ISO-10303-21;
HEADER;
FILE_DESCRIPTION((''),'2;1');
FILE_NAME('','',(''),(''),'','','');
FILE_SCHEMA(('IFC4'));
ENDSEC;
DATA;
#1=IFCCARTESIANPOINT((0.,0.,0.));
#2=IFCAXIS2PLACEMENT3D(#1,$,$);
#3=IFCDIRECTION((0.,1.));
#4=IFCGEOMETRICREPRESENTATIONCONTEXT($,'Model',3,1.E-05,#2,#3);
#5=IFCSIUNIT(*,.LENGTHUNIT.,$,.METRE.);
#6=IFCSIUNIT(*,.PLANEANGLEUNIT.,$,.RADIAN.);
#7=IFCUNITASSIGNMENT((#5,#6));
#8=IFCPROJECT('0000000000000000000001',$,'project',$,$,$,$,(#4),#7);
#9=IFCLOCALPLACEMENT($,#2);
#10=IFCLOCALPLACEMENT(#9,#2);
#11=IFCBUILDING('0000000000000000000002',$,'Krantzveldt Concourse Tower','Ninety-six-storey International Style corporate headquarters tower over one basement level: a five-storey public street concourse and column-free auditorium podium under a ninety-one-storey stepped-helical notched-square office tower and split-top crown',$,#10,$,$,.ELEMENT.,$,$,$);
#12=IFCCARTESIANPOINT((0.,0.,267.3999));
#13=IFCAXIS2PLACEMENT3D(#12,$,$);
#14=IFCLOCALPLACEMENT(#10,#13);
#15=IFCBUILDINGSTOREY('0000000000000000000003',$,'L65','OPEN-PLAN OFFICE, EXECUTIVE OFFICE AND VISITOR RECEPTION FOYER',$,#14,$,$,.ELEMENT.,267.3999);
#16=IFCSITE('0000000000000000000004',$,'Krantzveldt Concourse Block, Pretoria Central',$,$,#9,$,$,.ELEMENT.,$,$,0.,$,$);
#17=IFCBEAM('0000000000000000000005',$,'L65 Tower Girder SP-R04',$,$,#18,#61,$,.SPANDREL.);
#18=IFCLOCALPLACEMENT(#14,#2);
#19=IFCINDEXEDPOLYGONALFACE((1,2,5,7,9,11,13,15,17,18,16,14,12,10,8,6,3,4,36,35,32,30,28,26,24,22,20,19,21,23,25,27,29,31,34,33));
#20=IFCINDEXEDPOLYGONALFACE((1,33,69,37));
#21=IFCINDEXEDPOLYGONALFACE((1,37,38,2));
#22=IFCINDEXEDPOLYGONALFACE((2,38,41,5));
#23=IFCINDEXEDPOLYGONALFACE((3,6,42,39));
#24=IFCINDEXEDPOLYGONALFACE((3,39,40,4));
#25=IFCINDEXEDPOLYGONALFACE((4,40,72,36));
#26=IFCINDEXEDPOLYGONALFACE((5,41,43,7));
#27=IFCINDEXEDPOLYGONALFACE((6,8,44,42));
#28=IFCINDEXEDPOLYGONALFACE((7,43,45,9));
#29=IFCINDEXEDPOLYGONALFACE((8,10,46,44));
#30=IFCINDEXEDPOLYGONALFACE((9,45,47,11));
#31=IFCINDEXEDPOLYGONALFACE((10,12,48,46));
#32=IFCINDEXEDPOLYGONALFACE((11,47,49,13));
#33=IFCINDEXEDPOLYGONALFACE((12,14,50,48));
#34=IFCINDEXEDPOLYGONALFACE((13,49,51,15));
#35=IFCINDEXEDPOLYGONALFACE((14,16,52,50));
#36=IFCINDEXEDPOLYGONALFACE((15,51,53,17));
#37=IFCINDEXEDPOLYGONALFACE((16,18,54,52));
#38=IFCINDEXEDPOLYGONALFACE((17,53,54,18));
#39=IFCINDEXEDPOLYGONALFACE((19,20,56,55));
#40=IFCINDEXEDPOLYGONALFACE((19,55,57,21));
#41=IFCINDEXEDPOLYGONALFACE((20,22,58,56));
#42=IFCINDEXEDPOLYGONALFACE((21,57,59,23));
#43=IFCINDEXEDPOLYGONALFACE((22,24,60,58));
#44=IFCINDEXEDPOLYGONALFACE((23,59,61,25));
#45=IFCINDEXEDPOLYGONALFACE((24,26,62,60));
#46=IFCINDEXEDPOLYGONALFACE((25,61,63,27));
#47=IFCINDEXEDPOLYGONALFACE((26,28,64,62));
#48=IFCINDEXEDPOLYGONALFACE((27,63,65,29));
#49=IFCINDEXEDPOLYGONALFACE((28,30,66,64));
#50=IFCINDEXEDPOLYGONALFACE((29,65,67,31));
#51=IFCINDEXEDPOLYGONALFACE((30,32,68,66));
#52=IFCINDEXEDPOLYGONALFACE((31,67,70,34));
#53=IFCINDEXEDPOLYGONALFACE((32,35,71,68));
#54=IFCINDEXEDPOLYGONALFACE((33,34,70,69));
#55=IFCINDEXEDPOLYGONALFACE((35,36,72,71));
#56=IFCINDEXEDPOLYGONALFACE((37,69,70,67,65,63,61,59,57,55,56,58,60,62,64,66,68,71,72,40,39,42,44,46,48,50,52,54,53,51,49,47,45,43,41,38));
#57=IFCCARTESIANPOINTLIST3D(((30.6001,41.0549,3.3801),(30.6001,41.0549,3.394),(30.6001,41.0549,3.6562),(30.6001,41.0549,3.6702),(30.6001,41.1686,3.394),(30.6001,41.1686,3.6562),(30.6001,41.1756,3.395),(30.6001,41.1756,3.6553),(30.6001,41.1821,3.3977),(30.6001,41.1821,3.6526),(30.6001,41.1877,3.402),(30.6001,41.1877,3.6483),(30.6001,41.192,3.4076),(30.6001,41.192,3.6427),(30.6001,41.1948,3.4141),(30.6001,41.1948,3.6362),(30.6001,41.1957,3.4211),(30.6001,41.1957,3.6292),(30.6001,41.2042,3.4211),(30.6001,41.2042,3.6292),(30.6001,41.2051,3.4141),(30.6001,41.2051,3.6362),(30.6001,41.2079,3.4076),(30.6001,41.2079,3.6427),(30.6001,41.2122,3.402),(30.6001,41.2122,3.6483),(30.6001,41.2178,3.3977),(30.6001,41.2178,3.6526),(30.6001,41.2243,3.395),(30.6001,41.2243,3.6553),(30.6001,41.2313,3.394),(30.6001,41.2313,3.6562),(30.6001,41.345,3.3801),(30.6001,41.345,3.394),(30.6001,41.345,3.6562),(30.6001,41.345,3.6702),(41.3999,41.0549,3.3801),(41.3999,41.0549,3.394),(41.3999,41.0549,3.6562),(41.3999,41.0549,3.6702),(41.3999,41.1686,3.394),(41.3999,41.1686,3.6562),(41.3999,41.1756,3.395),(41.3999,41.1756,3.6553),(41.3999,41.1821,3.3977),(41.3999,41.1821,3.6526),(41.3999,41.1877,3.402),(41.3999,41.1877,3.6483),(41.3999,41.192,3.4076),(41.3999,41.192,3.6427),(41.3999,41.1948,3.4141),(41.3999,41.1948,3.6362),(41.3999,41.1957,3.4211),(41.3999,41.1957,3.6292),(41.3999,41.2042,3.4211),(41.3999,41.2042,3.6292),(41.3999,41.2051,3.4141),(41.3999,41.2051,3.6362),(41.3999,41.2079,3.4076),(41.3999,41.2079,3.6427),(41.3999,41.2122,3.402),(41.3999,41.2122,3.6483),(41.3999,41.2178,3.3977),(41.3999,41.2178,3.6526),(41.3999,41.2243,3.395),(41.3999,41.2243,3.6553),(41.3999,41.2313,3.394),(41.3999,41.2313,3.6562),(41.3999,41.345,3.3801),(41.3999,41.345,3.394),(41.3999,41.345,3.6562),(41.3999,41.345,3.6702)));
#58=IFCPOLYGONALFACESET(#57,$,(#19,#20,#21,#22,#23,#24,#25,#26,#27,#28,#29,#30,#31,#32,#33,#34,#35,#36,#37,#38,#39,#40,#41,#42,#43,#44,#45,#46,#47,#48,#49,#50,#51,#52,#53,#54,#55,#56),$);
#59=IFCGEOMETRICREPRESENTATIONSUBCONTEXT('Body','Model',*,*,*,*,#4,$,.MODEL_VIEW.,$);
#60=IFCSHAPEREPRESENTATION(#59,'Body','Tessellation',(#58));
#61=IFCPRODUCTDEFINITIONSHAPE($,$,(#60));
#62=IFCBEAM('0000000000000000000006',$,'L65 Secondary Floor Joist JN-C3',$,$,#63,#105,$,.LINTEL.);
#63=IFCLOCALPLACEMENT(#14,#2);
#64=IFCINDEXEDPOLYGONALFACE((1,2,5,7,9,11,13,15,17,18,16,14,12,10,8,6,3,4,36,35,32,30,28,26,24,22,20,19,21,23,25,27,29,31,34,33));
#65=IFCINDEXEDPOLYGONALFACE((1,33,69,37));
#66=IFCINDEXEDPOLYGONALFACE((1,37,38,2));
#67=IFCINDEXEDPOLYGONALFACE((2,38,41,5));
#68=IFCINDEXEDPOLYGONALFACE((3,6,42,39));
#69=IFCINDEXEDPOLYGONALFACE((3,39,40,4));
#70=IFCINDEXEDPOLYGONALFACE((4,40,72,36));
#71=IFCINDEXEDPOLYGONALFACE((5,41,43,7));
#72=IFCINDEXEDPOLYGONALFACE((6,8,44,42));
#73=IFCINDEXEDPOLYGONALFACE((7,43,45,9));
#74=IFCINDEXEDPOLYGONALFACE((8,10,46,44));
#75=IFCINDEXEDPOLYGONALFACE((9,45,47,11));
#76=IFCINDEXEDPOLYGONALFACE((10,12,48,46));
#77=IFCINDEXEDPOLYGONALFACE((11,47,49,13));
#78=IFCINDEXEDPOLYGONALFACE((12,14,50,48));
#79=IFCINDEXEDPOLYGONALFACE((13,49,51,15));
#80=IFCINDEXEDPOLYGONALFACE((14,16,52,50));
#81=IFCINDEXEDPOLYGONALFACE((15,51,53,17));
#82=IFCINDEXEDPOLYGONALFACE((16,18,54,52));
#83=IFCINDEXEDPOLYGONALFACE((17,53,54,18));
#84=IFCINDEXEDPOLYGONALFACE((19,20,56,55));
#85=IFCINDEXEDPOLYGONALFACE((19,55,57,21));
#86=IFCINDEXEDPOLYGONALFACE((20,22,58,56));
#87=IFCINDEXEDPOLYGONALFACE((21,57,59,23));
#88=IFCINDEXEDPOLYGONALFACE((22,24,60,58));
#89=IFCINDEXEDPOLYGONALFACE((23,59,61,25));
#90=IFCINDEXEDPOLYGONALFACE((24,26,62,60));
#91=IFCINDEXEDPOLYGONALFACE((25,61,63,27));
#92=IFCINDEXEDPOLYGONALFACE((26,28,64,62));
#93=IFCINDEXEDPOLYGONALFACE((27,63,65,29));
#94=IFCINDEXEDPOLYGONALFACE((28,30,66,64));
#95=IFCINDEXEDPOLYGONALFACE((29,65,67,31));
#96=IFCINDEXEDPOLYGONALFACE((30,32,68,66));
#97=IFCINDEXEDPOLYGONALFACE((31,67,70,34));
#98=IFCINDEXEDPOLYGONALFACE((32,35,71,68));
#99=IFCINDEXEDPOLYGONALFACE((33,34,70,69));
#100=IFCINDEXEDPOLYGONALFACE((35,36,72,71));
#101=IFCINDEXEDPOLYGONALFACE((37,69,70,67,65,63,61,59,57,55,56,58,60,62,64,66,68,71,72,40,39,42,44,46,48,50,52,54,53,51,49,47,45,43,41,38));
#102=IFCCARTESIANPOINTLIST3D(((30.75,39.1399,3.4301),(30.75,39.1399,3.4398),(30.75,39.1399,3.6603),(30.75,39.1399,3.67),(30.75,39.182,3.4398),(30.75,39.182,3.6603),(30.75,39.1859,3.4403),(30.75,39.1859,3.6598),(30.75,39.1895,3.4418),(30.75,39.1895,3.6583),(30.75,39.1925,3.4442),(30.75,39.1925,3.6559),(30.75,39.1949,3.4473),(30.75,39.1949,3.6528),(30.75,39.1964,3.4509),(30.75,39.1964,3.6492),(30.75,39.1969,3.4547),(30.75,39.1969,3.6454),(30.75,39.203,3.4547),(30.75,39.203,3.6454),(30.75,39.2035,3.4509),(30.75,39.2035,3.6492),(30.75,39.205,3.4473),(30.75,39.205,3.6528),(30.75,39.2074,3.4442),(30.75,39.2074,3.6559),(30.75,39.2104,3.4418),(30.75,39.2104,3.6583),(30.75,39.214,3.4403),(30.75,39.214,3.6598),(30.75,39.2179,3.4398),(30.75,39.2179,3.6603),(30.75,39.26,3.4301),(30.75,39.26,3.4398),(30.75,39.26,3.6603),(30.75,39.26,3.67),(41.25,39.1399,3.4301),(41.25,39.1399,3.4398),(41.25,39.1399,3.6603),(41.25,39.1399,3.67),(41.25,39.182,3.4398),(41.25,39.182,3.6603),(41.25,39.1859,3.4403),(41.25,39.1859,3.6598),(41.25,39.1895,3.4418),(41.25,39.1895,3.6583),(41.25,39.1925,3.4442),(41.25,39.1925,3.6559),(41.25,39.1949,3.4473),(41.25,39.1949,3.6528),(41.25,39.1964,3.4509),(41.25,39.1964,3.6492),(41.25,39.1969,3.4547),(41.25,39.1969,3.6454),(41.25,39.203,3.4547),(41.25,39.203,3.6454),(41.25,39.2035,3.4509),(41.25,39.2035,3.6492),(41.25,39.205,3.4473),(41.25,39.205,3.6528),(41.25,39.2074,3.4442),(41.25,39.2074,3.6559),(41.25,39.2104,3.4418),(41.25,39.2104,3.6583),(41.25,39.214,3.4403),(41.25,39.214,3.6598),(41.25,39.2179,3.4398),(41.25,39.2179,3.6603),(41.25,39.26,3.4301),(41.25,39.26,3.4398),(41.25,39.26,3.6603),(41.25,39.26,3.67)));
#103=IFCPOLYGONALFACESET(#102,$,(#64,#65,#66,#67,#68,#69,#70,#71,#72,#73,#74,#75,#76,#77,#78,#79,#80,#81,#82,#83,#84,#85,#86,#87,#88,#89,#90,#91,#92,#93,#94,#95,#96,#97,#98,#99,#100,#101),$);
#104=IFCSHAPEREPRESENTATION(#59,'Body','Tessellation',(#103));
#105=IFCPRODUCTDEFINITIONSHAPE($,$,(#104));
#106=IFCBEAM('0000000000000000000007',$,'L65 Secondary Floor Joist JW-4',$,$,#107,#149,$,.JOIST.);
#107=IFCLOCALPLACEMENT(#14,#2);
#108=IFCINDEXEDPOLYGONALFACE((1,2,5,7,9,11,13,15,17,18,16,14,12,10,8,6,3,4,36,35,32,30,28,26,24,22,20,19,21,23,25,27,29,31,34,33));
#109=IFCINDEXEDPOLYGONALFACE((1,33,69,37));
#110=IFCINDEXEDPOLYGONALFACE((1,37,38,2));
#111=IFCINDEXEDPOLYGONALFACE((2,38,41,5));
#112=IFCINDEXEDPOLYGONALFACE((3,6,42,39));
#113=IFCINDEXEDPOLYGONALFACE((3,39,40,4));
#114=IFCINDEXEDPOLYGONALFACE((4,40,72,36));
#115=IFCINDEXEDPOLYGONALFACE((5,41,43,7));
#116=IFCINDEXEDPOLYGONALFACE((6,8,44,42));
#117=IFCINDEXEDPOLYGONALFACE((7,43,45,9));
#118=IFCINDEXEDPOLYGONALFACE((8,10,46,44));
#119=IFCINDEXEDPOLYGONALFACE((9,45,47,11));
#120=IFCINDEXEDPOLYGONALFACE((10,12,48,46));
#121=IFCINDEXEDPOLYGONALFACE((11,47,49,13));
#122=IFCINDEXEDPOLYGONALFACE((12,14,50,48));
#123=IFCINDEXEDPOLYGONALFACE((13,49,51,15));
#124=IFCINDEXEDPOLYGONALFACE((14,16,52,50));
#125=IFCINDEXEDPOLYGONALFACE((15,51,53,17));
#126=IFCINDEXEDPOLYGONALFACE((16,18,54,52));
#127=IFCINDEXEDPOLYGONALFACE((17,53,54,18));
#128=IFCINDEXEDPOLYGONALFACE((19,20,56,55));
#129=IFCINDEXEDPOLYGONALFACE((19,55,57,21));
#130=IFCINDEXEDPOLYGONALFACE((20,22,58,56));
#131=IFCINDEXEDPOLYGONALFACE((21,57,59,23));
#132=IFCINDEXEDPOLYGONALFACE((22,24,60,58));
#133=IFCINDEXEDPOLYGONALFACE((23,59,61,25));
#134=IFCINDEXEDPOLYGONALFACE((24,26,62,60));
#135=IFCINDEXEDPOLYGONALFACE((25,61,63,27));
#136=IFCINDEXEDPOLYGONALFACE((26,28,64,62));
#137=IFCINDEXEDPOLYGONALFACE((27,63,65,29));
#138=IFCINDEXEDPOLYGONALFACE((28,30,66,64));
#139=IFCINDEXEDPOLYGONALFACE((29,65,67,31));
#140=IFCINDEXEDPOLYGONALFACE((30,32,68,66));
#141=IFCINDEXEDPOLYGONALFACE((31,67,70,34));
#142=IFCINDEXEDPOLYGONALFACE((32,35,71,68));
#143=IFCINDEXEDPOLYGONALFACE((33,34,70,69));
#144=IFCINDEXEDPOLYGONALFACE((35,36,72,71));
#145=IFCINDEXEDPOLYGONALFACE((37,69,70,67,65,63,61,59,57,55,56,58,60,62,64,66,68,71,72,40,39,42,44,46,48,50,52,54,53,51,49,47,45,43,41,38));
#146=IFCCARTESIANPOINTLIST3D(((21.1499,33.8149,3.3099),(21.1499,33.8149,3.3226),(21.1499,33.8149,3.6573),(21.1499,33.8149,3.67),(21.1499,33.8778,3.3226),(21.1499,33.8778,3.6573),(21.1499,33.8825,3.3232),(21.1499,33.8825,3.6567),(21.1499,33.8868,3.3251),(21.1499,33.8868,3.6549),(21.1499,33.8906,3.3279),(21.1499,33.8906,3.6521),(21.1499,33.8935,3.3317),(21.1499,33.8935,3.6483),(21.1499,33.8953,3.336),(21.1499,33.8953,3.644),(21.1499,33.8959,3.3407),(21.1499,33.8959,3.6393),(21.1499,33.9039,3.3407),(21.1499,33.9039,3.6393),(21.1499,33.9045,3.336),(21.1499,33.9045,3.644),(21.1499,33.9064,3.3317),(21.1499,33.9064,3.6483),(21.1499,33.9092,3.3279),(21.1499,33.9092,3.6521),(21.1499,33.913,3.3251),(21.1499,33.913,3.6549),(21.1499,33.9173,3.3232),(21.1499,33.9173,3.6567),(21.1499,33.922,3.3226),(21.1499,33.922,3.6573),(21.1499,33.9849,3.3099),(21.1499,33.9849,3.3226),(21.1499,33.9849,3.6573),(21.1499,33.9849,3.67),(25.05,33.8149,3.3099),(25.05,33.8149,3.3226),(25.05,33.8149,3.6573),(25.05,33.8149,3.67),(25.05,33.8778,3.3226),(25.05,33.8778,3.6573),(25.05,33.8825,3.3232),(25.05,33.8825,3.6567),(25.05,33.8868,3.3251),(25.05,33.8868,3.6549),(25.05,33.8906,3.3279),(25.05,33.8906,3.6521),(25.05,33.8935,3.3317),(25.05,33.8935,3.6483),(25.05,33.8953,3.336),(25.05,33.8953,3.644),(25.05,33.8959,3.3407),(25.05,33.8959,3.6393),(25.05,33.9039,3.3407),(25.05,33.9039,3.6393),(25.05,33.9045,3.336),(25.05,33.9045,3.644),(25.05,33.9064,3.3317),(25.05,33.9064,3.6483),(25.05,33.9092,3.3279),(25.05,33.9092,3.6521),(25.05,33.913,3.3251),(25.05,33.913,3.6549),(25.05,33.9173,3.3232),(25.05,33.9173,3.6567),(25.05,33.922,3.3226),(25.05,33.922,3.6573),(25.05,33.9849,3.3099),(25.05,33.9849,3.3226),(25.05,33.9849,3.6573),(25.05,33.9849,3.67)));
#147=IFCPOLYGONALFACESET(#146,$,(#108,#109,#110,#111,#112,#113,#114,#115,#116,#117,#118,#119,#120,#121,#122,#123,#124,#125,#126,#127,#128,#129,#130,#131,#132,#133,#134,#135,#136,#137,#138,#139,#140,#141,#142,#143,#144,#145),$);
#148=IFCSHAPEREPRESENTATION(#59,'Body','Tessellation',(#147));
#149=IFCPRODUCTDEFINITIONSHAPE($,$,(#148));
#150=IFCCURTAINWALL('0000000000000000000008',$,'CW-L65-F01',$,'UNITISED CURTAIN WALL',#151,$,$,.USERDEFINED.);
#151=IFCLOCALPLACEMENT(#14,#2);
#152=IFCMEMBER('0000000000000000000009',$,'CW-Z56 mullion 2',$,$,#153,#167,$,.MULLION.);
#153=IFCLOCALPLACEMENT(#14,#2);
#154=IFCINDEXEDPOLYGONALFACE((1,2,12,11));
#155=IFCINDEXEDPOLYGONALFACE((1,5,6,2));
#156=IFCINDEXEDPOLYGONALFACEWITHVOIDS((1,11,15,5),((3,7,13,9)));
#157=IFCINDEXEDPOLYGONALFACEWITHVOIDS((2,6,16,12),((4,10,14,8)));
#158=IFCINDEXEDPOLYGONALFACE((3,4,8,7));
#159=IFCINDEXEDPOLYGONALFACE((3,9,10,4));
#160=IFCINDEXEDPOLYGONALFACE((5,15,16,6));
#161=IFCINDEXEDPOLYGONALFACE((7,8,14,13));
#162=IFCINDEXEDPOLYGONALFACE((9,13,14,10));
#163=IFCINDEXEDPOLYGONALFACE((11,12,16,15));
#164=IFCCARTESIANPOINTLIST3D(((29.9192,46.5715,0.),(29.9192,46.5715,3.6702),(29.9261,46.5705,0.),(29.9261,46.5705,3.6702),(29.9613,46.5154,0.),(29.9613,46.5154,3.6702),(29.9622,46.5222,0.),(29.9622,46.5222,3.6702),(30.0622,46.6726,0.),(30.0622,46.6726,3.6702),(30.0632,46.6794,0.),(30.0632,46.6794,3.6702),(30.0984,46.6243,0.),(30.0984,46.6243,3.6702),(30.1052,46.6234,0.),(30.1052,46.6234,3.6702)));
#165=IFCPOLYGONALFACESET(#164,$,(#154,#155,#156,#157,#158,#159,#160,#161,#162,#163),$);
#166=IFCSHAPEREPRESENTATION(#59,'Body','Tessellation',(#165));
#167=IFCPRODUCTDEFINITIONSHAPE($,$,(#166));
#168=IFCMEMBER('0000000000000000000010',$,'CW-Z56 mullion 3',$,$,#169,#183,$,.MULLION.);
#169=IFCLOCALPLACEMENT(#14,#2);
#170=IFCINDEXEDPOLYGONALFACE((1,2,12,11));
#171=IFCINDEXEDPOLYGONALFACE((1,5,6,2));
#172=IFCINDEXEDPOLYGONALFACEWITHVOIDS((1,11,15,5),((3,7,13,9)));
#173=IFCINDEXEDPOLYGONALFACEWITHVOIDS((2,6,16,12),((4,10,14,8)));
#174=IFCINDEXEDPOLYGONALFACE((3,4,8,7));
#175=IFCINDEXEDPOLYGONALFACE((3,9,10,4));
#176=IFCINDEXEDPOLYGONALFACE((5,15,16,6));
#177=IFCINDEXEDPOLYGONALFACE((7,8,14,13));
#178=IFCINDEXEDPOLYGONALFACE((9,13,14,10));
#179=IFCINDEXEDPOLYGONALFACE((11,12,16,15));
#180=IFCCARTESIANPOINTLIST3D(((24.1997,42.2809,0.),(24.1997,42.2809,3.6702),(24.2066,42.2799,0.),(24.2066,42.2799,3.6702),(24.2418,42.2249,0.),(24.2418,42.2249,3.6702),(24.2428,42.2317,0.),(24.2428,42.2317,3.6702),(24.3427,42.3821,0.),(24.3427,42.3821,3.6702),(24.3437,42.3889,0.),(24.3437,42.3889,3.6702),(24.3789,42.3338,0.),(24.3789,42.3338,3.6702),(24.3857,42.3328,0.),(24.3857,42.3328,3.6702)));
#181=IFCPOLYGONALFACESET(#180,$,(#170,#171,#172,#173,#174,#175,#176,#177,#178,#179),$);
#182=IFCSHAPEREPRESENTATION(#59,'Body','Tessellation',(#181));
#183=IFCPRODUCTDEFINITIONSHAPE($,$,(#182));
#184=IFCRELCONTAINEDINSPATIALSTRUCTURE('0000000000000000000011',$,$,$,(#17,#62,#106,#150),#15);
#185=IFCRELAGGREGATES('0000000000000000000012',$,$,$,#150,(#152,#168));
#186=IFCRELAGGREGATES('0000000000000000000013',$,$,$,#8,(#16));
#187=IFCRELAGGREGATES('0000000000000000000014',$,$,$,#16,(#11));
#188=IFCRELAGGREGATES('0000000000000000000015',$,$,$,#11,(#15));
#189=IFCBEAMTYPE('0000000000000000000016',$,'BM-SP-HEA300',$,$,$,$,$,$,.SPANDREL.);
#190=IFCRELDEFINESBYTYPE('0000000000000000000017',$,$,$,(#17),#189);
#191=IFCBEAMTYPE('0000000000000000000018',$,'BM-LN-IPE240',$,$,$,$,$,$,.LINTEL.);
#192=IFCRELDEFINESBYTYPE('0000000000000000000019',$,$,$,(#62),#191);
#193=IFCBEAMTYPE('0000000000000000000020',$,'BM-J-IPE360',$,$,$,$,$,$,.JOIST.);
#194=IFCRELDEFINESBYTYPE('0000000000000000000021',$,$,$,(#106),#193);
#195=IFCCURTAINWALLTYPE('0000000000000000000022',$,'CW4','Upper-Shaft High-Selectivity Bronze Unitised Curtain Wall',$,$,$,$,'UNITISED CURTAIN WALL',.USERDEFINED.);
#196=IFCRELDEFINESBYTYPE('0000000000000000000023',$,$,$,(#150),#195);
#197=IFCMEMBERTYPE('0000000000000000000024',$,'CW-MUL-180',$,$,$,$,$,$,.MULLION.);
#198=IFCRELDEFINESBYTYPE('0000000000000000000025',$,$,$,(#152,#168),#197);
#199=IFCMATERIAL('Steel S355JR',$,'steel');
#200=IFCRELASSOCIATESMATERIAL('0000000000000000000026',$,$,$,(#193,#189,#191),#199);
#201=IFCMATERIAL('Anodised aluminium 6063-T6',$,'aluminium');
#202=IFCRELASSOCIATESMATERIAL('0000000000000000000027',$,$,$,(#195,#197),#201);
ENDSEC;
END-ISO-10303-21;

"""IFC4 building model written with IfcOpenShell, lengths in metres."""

from ifc_helpers import new_model, si_unit, direction, frame, origin, origin_2d, place, context, subcontext, project, spatial, hollow_rectangle, i_section, extrude, source, transform, mapped, material, material_profile, profile_set, type_object, type_shapes, element, aggregate, save


model = new_model("IFC4")

# Units and contexts
model_context = context("Model", 3, precision=1e-05, world=origin(), true_north=direction((0.0, 1.0)))
body_context = subcontext(model_context, "Body", "Model", "MODEL_VIEW")
ifc_project = project(units=[si_unit("LENGTHUNIT", "METRE"), si_unit("PLANEANGLEUNIT", "RADIAN")], contexts=[model_context])

# Site, building, storey
site_placement = place(None, origin())
site = spatial("IfcSite", under=ifc_project, at=site_placement, Name="Krantzveldt Concourse Block, Pretoria Central", CompositionType="ELEMENT", RefElevation=0.0)
building_placement = place(site_placement, origin())
building = spatial("IfcBuilding", under=site, at=building_placement, Name="Krantzveldt Concourse Tower", Description="Ninety-six-storey International Style corporate headquarters tower over one basement level: a five-storey public street concourse and column-free auditorium podium under a ninety-one-storey stepped-helical notched-square office tower and split-top crown", CompositionType="ELEMENT")
storey_placement = place(building_placement, frame((0.0, 0.0, 267.3999)))
storey = spatial("IfcBuildingStorey", under=building, at=storey_placement, Name="L65", Description="OPEN-PLAN OFFICE, EXECUTIVE OFFICE AND VISITOR RECEPTION FOYER", CompositionType="ELEMENT", Elevation=267.3999)

# Beams
ifc_material_1 = material(Name="Steel S355JR", Category="steel")
ifc_material_profile_1 = material_profile(ifc_material_1, i_section(OverallWidth=0.1699, OverallDepth=0.3601, WebThickness=0.0081, FlangeThickness=0.0127, FilletRadius=0.0181, at=origin_2d()), Name="Steel S355JR", Category="steel")
ifc_profile_set_1 = profile_set([ifc_material_profile_1], Name="Steel S355JR - IPE 360")
beam_type_1 = type_object("IfcBeamType", Name="BM-J-IPE360", PredefinedType="JOIST", material=ifc_profile_set_1)
ifc_material_profile_2 = material_profile(ifc_material_1, i_section(OverallWidth=0.29, OverallDepth=0.29, WebThickness=0.0085, FlangeThickness=0.0139, FilletRadius=0.0271, at=origin_2d()), Name="Steel S355JR", Category="steel")
ifc_profile_set_2 = profile_set([ifc_material_profile_2], Name="Steel S355JR - HEA 300")
beam_type_2 = type_object("IfcBeamType", Name="BM-SP-HEA300", PredefinedType="SPANDREL", material=ifc_profile_set_2)
shared_shape_1 = source(origin(), body_context, "Body", "SweptSolid", [
    extrude(i_section(OverallWidth=0.29, OverallDepth=0.29, WebThickness=0.0085, FlangeThickness=0.0139, FilletRadius=0.0271, at=origin_2d()), origin(), (0.0, 0.0, 1.0), 10.7998),
])
beam_1_placement = place(storey_placement, frame((30.6001, 41.2, 3.5251), z_axis=(1.0, 0.0, 0.0), x_axis=(0.0, 1.0, 0.0)))
element("IfcBeam", 1, at=beam_1_placement, inside=storey, type_object=beam_type_2, Name="L65 Tower Girder SP-R04", PredefinedType="SPANDREL", context=body_context, shape_type="MappedRepresentation", body=[
    mapped(shared_shape_1, transform((0.0, 0.0, 0.0), x_axis=(1.0, 0.0, 0.0), y_axis=(0.0, 1.0, 0.0), z_axis=(0.0, 0.0, 1.0), scale=1.0)),
])
ifc_material_profile_3 = material_profile(ifc_material_1, i_section(OverallWidth=0.1201, OverallDepth=0.24, WebThickness=0.0061, FlangeThickness=0.0098, FilletRadius=0.0149, at=origin_2d()), Name="Steel S355JR", Category="steel")
ifc_profile_set_3 = profile_set([ifc_material_profile_3], Name="Steel S355JR - IPE 240")
beam_type_3 = type_object("IfcBeamType", Name="BM-LN-IPE240", PredefinedType="LINTEL", material=ifc_profile_set_3)
shared_shape_2 = source(origin(), body_context, "Body", "SweptSolid", [
    extrude(i_section(OverallWidth=0.1201, OverallDepth=0.24, WebThickness=0.0061, FlangeThickness=0.0098, FilletRadius=0.0149, at=origin_2d()), origin(), (0.0, 0.0, 1.0), 10.5),
])
type_shapes(beam_type_3, [shared_shape_2])
beam_2_placement = place(storey_placement, frame((30.75, 39.2, 3.55), z_axis=(1.0, 0.0, 0.0), x_axis=(0.0, 1.0, 0.0)))
element("IfcBeam", 2, at=beam_2_placement, inside=storey, type_object=beam_type_3, Name="L65 Secondary Floor Joist JN-C3", PredefinedType="LINTEL", context=body_context, shape_type="MappedRepresentation", body=[
    mapped(shared_shape_2, transform((0.0, 0.0, 0.0), x_axis=(1.0, 0.0, 0.0), y_axis=(0.0, 1.0, 0.0), z_axis=(0.0, 0.0, 1.0), scale=1.0)),
])
shared_shape_3 = source(origin(), body_context, "Body", "SweptSolid", [
    extrude(i_section(OverallWidth=0.1699, OverallDepth=0.3601, WebThickness=0.0081, FlangeThickness=0.0127, FilletRadius=0.0181, at=origin_2d()), origin(), (0.0, 0.0, 1.0), 3.9001),
])
beam_3_placement = place(storey_placement, frame((21.1499, 33.8999, 3.49), z_axis=(1.0, 0.0, 0.0), x_axis=(0.0, 1.0, 0.0)))
element("IfcBeam", 3, at=beam_3_placement, inside=storey, type_object=beam_type_1, Name="L65 Secondary Floor Joist JW-4", PredefinedType="JOIST", context=body_context, shape_type="MappedRepresentation", body=[
    mapped(shared_shape_3, transform((0.0, 0.0, 0.0), x_axis=(1.0, 0.0, 0.0), y_axis=(0.0, 1.0, 0.0), z_axis=(0.0, 0.0, 1.0), scale=1.0)),
])

# Curtain wall, members
ifc_material_2 = material(Name="Anodised aluminium 6063-T6", Category="aluminium")
curtain_wall_type = type_object("IfcCurtainWallType", Name="CW4", Description="Upper-Shaft High-Selectivity Bronze Unitised Curtain Wall", ElementType="UNITISED CURTAIN WALL", PredefinedType="USERDEFINED", material=ifc_material_2)
curtain_wall_placement = place(storey_placement, origin())
curtain_wall = element("IfcCurtainWall", 4, at=curtain_wall_placement, inside=storey, type_object=curtain_wall_type, Name="CW-L65-F01", ObjectType="UNITISED CURTAIN WALL", PredefinedType="USERDEFINED")
ifc_material_profile_4 = material_profile(ifc_material_2, hollow_rectangle(XDim=0.0701, YDim=0.1799, WallThickness=0.0049, at=origin_2d()), Name="Anodised aluminium 6063-T6", Category="aluminium")
ifc_profile_set_4 = profile_set([ifc_material_profile_4], Name="Anodised aluminium 6063-T6 - ALU-MULL 180x70x5")
member_type_1 = type_object("IfcMemberType", Name="CW-MUL-180", PredefinedType="MULLION", material=ifc_profile_set_4)
shared_shape_4 = source(origin(), body_context, "Body", "SweptSolid", [
    extrude(hollow_rectangle(XDim=0.0701, YDim=0.1799, WallThickness=0.0049, at=origin_2d()), origin(), (0.0, 0.0, 1.0), 3.6702),
])
type_shapes(member_type_1, [shared_shape_4])
member_1_placement = place(storey_placement, frame((30.0122, 46.5974, 0.0), z_axis=(0.0, 0.0, 1.0), x_axis=(0.600071, -0.799947, 0.0)))
member_1 = element("IfcMember", 5, at=member_1_placement, type_object=member_type_1, Name="CW-Z56 mullion 2", PredefinedType="MULLION", context=body_context, shape_type="MappedRepresentation", body=[
    mapped(shared_shape_4, transform((0.0, 0.0, 0.0), x_axis=(1.0, 0.0, 0.0), y_axis=(0.0, 1.0, 0.0), z_axis=(0.0, 0.0, 1.0), scale=1.0)),
])
member_2_placement = place(storey_placement, frame((24.2927, 42.3069, 0.0), z_axis=(0.0, 0.0, 1.0), x_axis=(0.600071, -0.799947, 0.0)))
member_2 = element("IfcMember", 6, at=member_2_placement, type_object=member_type_1, Name="CW-Z56 mullion 3", PredefinedType="MULLION", context=body_context, shape_type="MappedRepresentation", body=[
    mapped(shared_shape_4, transform((0.0, 0.0, 0.0), x_axis=(1.0, 0.0, 0.0), y_axis=(0.0, 1.0, 0.0), z_axis=(0.0, 0.0, 1.0), scale=1.0)),
])
aggregate(curtain_wall, [member_1, member_2])

save(model, "model.ifc")
